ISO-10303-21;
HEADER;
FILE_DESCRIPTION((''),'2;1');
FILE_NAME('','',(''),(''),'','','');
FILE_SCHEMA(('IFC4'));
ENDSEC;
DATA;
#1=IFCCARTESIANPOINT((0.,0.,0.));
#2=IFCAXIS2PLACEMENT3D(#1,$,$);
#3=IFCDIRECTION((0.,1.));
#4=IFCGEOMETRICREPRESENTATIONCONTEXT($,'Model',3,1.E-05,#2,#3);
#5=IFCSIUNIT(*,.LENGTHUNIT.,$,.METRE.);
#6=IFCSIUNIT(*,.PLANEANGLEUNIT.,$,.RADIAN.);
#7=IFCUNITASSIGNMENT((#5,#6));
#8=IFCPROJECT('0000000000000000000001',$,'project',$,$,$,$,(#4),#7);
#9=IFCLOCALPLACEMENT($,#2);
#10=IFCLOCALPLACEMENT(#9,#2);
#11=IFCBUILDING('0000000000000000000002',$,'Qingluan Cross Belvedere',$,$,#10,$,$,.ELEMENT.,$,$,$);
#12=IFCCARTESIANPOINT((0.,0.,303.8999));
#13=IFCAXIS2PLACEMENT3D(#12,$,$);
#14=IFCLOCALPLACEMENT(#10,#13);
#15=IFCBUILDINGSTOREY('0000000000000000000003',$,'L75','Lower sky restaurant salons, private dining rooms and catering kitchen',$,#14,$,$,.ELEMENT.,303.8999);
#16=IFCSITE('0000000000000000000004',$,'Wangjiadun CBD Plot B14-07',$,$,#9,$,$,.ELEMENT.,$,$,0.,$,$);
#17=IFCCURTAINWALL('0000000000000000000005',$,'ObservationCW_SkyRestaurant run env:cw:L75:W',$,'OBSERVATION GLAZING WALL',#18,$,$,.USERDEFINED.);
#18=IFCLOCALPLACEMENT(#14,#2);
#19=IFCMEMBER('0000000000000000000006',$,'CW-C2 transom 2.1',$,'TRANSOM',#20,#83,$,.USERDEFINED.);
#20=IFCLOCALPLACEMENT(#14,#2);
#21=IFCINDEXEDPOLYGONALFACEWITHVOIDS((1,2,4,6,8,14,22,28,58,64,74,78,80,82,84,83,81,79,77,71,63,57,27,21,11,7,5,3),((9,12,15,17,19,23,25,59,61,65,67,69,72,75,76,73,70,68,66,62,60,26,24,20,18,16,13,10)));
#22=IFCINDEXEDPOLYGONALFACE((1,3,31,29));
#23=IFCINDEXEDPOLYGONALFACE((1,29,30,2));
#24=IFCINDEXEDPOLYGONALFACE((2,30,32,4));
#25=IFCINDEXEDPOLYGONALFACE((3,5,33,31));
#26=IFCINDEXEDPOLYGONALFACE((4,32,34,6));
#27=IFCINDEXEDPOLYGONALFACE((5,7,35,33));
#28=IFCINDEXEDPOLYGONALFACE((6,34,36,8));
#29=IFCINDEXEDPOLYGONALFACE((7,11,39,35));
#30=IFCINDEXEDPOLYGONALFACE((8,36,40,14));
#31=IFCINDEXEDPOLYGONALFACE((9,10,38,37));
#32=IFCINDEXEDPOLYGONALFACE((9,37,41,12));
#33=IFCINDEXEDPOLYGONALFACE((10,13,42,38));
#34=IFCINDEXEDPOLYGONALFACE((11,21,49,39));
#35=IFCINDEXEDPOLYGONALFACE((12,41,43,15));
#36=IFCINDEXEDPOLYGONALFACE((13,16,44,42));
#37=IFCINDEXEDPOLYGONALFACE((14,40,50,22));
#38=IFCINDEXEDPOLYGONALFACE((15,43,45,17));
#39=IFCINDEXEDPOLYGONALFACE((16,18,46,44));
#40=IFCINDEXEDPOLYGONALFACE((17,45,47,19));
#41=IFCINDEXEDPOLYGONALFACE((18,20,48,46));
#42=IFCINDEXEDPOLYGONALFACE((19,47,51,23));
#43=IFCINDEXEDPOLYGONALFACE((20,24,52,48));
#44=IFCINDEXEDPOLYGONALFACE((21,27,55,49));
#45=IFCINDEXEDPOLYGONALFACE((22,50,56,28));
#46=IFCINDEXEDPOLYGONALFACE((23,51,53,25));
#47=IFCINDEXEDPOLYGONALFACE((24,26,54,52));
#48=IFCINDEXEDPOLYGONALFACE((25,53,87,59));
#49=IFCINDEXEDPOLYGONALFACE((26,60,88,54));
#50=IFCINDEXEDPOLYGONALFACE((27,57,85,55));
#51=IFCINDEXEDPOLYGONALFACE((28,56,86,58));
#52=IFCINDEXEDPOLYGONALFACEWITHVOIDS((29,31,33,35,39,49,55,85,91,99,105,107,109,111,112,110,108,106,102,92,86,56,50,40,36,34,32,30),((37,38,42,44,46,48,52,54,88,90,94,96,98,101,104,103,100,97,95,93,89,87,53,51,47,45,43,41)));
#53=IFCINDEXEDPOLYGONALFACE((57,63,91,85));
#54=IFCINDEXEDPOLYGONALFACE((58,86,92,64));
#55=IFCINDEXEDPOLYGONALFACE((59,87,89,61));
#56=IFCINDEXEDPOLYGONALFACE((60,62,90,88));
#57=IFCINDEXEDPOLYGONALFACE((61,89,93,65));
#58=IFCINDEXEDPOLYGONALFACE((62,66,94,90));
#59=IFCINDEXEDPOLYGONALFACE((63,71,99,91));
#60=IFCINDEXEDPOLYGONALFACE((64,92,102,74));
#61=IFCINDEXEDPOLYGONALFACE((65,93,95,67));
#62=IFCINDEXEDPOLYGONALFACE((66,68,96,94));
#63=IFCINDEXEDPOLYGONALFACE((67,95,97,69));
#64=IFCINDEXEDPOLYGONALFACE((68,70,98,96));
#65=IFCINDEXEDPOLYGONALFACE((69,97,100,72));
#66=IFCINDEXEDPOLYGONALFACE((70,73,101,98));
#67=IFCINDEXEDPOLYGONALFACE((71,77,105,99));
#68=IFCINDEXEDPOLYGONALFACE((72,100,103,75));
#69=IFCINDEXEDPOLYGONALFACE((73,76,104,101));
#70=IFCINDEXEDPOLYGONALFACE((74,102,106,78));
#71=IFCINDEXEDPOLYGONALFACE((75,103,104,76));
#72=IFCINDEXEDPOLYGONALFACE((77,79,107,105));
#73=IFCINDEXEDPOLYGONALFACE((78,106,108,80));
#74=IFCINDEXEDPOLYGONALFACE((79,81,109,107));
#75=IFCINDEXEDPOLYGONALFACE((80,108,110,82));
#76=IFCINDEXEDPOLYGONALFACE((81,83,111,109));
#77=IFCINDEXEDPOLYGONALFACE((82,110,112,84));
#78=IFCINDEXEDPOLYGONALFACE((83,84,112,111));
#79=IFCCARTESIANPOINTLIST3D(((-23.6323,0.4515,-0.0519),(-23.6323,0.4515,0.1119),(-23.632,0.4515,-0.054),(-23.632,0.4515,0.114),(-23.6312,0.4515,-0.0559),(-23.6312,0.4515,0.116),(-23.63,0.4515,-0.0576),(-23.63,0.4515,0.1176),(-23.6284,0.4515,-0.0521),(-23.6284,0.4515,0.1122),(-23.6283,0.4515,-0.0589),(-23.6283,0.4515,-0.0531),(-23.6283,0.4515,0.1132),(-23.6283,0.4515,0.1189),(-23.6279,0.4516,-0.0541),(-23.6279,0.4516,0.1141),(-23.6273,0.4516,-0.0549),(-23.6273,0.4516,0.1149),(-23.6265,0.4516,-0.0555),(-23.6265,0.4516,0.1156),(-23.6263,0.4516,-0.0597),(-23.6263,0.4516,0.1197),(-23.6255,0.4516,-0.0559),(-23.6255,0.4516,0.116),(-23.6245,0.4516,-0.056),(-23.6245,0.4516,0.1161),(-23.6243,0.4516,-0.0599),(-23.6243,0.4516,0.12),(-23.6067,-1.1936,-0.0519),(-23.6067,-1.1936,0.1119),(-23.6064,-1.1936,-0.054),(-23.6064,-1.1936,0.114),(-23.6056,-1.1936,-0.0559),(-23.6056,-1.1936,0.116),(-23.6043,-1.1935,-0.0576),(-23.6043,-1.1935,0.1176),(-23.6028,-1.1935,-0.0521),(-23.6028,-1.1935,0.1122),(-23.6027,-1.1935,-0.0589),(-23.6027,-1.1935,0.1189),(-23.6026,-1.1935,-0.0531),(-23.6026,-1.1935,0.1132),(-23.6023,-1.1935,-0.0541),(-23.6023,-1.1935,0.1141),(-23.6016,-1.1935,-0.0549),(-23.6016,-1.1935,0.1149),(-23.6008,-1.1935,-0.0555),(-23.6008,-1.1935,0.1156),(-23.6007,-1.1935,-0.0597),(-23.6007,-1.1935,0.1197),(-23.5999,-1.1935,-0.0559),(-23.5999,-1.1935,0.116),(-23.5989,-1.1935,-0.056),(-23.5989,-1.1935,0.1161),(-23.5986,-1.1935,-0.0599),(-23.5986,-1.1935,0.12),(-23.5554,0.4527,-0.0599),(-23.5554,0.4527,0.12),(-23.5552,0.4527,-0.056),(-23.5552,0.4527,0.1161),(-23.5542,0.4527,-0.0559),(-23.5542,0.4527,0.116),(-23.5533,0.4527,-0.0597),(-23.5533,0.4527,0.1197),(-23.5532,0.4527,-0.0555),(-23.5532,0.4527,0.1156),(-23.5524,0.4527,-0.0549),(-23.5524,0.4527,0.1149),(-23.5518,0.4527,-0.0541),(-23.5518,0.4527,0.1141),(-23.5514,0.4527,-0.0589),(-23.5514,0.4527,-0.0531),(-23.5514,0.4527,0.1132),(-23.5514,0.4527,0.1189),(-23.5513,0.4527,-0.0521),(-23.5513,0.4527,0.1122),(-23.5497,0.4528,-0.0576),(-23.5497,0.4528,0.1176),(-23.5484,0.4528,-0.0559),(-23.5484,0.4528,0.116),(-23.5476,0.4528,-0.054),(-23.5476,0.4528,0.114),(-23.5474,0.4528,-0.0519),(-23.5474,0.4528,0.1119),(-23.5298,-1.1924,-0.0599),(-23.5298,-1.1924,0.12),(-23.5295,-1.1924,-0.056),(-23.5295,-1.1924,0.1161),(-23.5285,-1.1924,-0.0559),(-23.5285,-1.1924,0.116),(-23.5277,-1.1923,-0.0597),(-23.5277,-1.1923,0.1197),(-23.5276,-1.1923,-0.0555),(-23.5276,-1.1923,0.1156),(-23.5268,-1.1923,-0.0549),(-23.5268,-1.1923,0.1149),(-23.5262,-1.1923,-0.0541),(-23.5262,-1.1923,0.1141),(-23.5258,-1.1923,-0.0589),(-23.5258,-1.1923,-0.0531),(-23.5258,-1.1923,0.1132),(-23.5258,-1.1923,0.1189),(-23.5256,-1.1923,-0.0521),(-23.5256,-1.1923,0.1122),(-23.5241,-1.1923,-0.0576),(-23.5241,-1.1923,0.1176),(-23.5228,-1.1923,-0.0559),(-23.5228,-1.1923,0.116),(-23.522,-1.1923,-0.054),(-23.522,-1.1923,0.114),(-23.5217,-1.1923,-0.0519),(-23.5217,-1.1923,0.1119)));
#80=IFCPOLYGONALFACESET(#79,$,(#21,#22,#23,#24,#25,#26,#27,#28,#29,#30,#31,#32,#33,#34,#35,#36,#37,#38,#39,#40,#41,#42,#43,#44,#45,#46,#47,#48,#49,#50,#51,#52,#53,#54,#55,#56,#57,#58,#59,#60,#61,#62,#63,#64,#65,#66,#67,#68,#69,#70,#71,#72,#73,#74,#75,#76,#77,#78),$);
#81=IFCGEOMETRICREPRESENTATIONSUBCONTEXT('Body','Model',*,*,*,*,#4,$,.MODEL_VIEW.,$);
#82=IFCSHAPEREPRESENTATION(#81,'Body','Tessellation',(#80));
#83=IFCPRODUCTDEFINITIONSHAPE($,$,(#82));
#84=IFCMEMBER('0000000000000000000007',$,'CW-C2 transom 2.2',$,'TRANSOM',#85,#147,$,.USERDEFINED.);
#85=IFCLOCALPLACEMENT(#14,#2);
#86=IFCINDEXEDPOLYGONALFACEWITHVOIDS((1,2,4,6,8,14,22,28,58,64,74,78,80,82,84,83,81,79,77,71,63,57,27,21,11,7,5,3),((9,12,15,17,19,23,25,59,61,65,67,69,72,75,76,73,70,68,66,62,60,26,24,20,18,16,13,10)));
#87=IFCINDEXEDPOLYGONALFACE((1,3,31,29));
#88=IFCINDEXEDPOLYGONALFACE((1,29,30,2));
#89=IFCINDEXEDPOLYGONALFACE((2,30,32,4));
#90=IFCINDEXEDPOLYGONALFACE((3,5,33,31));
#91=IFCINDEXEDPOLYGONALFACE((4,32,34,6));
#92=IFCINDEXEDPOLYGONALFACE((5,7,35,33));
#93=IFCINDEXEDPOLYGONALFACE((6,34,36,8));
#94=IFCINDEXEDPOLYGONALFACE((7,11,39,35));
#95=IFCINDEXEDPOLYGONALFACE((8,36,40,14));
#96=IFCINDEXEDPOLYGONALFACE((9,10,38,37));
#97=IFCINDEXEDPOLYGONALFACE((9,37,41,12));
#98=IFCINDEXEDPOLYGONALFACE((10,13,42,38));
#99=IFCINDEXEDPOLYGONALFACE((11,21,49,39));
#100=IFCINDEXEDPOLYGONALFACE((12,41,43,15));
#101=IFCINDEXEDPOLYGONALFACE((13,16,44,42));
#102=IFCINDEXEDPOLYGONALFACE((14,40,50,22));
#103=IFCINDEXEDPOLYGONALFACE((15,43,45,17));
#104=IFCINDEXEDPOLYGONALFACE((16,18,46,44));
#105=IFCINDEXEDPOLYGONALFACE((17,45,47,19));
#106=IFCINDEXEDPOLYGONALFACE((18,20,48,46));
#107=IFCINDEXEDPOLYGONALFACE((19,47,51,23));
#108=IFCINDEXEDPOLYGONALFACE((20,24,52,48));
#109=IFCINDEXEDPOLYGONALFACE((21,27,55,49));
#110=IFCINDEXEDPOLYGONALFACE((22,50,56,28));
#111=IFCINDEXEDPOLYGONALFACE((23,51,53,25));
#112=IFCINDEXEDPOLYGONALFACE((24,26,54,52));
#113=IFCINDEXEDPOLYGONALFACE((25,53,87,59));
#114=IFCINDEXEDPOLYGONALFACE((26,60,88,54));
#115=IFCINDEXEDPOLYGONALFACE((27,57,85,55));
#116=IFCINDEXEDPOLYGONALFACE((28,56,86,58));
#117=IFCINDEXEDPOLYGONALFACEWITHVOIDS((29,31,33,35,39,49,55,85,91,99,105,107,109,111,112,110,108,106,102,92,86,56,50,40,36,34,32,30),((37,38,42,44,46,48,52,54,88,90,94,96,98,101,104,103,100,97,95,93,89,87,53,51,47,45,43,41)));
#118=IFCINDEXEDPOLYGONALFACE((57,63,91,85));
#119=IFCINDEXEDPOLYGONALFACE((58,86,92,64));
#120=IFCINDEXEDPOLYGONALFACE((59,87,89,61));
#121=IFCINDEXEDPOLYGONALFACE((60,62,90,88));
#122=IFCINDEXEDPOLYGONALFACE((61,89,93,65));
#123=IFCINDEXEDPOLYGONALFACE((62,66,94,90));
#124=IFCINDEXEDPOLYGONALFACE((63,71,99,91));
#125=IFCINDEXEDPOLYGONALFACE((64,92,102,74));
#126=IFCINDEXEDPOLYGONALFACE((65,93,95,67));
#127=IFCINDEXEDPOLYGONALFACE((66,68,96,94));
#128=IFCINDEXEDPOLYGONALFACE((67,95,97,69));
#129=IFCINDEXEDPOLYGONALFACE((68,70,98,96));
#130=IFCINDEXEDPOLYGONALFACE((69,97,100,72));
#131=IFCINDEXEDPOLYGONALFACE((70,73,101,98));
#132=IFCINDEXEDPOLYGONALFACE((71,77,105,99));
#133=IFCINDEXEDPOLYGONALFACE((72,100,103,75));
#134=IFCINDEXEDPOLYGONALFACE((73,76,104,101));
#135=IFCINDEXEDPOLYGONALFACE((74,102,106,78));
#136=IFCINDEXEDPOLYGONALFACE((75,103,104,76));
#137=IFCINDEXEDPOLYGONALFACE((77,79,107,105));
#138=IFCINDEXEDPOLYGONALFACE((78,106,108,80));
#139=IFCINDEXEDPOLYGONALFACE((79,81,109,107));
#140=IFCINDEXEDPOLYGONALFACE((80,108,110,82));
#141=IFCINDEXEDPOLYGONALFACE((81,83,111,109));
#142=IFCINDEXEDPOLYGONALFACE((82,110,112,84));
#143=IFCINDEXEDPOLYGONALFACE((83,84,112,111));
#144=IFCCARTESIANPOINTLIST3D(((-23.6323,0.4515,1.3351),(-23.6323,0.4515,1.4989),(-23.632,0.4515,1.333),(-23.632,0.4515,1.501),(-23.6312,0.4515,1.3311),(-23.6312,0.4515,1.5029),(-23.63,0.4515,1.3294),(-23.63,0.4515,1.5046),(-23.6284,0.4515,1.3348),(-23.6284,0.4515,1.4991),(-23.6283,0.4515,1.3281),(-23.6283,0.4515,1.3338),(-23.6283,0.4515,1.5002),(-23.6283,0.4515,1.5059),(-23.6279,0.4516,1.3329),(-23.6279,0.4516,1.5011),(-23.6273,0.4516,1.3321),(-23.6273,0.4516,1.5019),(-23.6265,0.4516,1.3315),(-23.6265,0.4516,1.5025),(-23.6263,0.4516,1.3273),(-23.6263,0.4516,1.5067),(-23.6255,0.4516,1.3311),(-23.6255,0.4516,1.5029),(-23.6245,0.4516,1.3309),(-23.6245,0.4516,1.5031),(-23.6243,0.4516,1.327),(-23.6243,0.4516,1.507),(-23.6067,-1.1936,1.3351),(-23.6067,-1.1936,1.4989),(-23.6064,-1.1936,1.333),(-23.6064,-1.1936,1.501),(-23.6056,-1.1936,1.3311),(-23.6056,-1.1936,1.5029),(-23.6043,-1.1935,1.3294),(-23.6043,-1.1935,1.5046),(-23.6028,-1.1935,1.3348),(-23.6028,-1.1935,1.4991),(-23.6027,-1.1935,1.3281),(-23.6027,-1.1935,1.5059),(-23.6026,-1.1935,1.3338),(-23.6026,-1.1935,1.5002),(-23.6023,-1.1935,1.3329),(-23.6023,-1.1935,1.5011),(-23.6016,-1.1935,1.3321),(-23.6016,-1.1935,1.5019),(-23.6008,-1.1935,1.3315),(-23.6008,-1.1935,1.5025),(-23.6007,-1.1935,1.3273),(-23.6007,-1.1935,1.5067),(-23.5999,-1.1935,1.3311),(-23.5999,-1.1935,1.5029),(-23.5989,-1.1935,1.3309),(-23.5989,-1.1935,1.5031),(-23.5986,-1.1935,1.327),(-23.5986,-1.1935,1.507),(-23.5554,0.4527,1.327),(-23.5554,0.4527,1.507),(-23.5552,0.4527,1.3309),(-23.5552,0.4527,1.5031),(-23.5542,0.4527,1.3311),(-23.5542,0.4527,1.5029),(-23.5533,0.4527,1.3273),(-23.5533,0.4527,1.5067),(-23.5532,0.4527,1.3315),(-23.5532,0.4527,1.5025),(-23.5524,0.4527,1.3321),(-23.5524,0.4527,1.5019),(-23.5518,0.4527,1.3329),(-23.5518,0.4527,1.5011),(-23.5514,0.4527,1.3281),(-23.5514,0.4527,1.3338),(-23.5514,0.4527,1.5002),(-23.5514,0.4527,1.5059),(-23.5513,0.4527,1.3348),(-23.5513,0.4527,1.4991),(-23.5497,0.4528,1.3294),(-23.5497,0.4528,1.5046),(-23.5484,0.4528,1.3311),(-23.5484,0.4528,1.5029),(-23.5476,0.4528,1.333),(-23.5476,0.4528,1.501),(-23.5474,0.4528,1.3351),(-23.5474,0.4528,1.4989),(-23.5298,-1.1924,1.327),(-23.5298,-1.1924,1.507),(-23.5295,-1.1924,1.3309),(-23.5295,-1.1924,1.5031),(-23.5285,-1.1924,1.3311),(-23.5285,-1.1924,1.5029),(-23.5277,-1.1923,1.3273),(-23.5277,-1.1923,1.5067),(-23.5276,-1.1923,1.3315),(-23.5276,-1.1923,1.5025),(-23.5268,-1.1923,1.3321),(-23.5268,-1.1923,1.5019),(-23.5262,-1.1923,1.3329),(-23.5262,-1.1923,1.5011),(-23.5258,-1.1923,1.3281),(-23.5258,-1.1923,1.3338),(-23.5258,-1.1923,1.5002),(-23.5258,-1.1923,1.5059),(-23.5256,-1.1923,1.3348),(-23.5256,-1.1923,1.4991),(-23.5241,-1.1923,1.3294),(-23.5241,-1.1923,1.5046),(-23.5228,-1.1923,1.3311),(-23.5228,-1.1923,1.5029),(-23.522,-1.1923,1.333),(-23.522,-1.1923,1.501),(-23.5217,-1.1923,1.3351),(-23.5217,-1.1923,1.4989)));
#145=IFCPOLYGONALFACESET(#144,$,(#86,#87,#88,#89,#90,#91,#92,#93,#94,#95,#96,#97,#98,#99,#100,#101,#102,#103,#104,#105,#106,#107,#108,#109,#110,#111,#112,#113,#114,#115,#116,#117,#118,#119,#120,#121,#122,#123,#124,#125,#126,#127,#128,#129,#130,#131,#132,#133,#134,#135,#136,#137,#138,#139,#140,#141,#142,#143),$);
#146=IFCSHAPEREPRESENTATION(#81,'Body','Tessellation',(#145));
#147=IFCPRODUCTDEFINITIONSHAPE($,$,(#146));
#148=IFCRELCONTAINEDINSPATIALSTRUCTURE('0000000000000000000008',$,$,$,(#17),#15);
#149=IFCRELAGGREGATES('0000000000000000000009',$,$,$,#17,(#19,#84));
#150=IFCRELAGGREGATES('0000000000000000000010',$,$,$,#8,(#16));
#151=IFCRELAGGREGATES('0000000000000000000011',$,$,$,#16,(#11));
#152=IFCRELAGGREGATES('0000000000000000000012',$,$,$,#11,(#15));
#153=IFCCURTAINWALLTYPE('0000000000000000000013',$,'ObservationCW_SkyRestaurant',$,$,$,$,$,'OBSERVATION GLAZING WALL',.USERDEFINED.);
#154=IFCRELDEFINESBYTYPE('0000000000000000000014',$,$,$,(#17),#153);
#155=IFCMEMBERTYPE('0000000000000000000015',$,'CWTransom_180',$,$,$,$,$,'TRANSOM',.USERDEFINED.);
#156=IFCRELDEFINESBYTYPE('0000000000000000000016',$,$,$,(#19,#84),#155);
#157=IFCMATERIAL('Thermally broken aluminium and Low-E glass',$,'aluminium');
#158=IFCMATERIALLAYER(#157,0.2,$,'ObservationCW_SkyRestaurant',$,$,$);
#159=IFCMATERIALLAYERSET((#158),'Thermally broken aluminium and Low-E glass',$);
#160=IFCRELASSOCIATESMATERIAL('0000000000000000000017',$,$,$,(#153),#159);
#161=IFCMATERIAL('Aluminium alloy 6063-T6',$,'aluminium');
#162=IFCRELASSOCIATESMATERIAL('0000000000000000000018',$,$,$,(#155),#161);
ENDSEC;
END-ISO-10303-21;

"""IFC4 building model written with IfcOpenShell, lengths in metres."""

from ifc_helpers import new_model, si_unit, direction, frame, origin, origin_2d, place, context, subcontext, project, spatial, hollow_rectangle, extrude, material, layer, layer_set, material_profile, profile_set, type_object, element, aggregate, save


model = new_model("IFC4")

# Units and contexts
model_context = context("Model", 3, precision=1e-05, world=origin(), true_north=direction((0.0, 1.0)))
body_context = subcontext(model_context, "Body", "Model", "MODEL_VIEW")
ifc_project = project(units=[si_unit("LENGTHUNIT", "METRE"), si_unit("PLANEANGLEUNIT", "RADIAN")], contexts=[model_context])

# Site, building, storey
site_placement = place(None, origin())
site = spatial("IfcSite", under=ifc_project, at=site_placement, Name="Wangjiadun CBD Plot B14-07", CompositionType="ELEMENT", RefElevation=0.0)
building_placement = place(site_placement, origin())
building = spatial("IfcBuilding", under=site, at=building_placement, Name="Qingluan Cross Belvedere", CompositionType="ELEMENT")
storey_placement = place(building_placement, frame((0.0, 0.0, 303.8999)))
storey = spatial("IfcBuildingStorey", under=building, at=storey_placement, Name="L75", Description="Lower sky restaurant salons, private dining rooms and catering kitchen", CompositionType="ELEMENT", Elevation=303.8999)

# Curtain wall, members
ifc_material_1 = material(Name="Thermally broken aluminium and Low-E glass", Category="aluminium")
ifc_layer_1 = layer(ifc_material_1, 0.2, Name="ObservationCW_SkyRestaurant")
ifc_layer_set_1 = layer_set([ifc_layer_1], Name="Thermally broken aluminium and Low-E glass")
curtain_wall_type = type_object("IfcCurtainWallType", Name="ObservationCW_SkyRestaurant", ElementType="OBSERVATION GLAZING WALL", PredefinedType="USERDEFINED", material=ifc_layer_set_1)
curtain_wall_placement = place(storey_placement, origin())
curtain_wall = element("IfcCurtainWall", 1, at=curtain_wall_placement, inside=storey, type_object=curtain_wall_type, Name="ObservationCW_SkyRestaurant run env:cw:L75:W", ObjectType="OBSERVATION GLAZING WALL", PredefinedType="USERDEFINED")
ifc_material_2 = material(Name="Aluminium alloy 6063-T6", Category="aluminium")
ifc_material_profile_1 = material_profile(ifc_material_2, hollow_rectangle(XDim=0.085, YDim=0.1799, WallThickness=0.0039, InnerFilletRadius=0.0039, OuterFilletRadius=0.0081, at=origin_2d()), Name="CWT180x85x4")
ifc_profile_set_1 = profile_set([ifc_material_profile_1], Name="Aluminium alloy 6063-T6")
member_type_1 = type_object("IfcMemberType", Name="CWTransom_180", ElementType="TRANSOM", PredefinedType="USERDEFINED", material=ifc_profile_set_1)
member_1_placement = place(storey_placement, frame((-23.5898, 0.4521, 0.03), z_axis=(0.015581, -0.999879, 0.0), x_axis=(0.999879, 0.015581, 0.0)))
member_1 = element("IfcMember", 2, at=member_1_placement, type_object=member_type_1, Name="CW-C2 transom 2.1", ObjectType="TRANSOM", PredefinedType="USERDEFINED", context=body_context, shape_type="SweptSolid", body=[
    extrude(hollow_rectangle(XDim=0.085, YDim=0.1799, WallThickness=0.0039, InnerFilletRadius=0.0039, OuterFilletRadius=0.0081, at=origin_2d()), origin(), (0.0, 0.0, 1.0), 1.6453),
])
member_2_placement = place(storey_placement, frame((-23.5898, 0.4521, 1.417), z_axis=(0.015581, -0.999879, 0.0), x_axis=(0.999879, 0.015581, 0.0)))
member_2 = element("IfcMember", 3, at=member_2_placement, type_object=member_type_1, Name="CW-C2 transom 2.2", ObjectType="TRANSOM", PredefinedType="USERDEFINED", context=body_context, shape_type="SweptSolid", body=[
    extrude(hollow_rectangle(XDim=0.085, YDim=0.1799, WallThickness=0.0039, InnerFilletRadius=0.0039, OuterFilletRadius=0.0081, at=origin_2d()), origin(), (0.0, 0.0, 1.0), 1.6453),
])
aggregate(curtain_wall, [member_1, member_2])

save(model, "model.ifc")
